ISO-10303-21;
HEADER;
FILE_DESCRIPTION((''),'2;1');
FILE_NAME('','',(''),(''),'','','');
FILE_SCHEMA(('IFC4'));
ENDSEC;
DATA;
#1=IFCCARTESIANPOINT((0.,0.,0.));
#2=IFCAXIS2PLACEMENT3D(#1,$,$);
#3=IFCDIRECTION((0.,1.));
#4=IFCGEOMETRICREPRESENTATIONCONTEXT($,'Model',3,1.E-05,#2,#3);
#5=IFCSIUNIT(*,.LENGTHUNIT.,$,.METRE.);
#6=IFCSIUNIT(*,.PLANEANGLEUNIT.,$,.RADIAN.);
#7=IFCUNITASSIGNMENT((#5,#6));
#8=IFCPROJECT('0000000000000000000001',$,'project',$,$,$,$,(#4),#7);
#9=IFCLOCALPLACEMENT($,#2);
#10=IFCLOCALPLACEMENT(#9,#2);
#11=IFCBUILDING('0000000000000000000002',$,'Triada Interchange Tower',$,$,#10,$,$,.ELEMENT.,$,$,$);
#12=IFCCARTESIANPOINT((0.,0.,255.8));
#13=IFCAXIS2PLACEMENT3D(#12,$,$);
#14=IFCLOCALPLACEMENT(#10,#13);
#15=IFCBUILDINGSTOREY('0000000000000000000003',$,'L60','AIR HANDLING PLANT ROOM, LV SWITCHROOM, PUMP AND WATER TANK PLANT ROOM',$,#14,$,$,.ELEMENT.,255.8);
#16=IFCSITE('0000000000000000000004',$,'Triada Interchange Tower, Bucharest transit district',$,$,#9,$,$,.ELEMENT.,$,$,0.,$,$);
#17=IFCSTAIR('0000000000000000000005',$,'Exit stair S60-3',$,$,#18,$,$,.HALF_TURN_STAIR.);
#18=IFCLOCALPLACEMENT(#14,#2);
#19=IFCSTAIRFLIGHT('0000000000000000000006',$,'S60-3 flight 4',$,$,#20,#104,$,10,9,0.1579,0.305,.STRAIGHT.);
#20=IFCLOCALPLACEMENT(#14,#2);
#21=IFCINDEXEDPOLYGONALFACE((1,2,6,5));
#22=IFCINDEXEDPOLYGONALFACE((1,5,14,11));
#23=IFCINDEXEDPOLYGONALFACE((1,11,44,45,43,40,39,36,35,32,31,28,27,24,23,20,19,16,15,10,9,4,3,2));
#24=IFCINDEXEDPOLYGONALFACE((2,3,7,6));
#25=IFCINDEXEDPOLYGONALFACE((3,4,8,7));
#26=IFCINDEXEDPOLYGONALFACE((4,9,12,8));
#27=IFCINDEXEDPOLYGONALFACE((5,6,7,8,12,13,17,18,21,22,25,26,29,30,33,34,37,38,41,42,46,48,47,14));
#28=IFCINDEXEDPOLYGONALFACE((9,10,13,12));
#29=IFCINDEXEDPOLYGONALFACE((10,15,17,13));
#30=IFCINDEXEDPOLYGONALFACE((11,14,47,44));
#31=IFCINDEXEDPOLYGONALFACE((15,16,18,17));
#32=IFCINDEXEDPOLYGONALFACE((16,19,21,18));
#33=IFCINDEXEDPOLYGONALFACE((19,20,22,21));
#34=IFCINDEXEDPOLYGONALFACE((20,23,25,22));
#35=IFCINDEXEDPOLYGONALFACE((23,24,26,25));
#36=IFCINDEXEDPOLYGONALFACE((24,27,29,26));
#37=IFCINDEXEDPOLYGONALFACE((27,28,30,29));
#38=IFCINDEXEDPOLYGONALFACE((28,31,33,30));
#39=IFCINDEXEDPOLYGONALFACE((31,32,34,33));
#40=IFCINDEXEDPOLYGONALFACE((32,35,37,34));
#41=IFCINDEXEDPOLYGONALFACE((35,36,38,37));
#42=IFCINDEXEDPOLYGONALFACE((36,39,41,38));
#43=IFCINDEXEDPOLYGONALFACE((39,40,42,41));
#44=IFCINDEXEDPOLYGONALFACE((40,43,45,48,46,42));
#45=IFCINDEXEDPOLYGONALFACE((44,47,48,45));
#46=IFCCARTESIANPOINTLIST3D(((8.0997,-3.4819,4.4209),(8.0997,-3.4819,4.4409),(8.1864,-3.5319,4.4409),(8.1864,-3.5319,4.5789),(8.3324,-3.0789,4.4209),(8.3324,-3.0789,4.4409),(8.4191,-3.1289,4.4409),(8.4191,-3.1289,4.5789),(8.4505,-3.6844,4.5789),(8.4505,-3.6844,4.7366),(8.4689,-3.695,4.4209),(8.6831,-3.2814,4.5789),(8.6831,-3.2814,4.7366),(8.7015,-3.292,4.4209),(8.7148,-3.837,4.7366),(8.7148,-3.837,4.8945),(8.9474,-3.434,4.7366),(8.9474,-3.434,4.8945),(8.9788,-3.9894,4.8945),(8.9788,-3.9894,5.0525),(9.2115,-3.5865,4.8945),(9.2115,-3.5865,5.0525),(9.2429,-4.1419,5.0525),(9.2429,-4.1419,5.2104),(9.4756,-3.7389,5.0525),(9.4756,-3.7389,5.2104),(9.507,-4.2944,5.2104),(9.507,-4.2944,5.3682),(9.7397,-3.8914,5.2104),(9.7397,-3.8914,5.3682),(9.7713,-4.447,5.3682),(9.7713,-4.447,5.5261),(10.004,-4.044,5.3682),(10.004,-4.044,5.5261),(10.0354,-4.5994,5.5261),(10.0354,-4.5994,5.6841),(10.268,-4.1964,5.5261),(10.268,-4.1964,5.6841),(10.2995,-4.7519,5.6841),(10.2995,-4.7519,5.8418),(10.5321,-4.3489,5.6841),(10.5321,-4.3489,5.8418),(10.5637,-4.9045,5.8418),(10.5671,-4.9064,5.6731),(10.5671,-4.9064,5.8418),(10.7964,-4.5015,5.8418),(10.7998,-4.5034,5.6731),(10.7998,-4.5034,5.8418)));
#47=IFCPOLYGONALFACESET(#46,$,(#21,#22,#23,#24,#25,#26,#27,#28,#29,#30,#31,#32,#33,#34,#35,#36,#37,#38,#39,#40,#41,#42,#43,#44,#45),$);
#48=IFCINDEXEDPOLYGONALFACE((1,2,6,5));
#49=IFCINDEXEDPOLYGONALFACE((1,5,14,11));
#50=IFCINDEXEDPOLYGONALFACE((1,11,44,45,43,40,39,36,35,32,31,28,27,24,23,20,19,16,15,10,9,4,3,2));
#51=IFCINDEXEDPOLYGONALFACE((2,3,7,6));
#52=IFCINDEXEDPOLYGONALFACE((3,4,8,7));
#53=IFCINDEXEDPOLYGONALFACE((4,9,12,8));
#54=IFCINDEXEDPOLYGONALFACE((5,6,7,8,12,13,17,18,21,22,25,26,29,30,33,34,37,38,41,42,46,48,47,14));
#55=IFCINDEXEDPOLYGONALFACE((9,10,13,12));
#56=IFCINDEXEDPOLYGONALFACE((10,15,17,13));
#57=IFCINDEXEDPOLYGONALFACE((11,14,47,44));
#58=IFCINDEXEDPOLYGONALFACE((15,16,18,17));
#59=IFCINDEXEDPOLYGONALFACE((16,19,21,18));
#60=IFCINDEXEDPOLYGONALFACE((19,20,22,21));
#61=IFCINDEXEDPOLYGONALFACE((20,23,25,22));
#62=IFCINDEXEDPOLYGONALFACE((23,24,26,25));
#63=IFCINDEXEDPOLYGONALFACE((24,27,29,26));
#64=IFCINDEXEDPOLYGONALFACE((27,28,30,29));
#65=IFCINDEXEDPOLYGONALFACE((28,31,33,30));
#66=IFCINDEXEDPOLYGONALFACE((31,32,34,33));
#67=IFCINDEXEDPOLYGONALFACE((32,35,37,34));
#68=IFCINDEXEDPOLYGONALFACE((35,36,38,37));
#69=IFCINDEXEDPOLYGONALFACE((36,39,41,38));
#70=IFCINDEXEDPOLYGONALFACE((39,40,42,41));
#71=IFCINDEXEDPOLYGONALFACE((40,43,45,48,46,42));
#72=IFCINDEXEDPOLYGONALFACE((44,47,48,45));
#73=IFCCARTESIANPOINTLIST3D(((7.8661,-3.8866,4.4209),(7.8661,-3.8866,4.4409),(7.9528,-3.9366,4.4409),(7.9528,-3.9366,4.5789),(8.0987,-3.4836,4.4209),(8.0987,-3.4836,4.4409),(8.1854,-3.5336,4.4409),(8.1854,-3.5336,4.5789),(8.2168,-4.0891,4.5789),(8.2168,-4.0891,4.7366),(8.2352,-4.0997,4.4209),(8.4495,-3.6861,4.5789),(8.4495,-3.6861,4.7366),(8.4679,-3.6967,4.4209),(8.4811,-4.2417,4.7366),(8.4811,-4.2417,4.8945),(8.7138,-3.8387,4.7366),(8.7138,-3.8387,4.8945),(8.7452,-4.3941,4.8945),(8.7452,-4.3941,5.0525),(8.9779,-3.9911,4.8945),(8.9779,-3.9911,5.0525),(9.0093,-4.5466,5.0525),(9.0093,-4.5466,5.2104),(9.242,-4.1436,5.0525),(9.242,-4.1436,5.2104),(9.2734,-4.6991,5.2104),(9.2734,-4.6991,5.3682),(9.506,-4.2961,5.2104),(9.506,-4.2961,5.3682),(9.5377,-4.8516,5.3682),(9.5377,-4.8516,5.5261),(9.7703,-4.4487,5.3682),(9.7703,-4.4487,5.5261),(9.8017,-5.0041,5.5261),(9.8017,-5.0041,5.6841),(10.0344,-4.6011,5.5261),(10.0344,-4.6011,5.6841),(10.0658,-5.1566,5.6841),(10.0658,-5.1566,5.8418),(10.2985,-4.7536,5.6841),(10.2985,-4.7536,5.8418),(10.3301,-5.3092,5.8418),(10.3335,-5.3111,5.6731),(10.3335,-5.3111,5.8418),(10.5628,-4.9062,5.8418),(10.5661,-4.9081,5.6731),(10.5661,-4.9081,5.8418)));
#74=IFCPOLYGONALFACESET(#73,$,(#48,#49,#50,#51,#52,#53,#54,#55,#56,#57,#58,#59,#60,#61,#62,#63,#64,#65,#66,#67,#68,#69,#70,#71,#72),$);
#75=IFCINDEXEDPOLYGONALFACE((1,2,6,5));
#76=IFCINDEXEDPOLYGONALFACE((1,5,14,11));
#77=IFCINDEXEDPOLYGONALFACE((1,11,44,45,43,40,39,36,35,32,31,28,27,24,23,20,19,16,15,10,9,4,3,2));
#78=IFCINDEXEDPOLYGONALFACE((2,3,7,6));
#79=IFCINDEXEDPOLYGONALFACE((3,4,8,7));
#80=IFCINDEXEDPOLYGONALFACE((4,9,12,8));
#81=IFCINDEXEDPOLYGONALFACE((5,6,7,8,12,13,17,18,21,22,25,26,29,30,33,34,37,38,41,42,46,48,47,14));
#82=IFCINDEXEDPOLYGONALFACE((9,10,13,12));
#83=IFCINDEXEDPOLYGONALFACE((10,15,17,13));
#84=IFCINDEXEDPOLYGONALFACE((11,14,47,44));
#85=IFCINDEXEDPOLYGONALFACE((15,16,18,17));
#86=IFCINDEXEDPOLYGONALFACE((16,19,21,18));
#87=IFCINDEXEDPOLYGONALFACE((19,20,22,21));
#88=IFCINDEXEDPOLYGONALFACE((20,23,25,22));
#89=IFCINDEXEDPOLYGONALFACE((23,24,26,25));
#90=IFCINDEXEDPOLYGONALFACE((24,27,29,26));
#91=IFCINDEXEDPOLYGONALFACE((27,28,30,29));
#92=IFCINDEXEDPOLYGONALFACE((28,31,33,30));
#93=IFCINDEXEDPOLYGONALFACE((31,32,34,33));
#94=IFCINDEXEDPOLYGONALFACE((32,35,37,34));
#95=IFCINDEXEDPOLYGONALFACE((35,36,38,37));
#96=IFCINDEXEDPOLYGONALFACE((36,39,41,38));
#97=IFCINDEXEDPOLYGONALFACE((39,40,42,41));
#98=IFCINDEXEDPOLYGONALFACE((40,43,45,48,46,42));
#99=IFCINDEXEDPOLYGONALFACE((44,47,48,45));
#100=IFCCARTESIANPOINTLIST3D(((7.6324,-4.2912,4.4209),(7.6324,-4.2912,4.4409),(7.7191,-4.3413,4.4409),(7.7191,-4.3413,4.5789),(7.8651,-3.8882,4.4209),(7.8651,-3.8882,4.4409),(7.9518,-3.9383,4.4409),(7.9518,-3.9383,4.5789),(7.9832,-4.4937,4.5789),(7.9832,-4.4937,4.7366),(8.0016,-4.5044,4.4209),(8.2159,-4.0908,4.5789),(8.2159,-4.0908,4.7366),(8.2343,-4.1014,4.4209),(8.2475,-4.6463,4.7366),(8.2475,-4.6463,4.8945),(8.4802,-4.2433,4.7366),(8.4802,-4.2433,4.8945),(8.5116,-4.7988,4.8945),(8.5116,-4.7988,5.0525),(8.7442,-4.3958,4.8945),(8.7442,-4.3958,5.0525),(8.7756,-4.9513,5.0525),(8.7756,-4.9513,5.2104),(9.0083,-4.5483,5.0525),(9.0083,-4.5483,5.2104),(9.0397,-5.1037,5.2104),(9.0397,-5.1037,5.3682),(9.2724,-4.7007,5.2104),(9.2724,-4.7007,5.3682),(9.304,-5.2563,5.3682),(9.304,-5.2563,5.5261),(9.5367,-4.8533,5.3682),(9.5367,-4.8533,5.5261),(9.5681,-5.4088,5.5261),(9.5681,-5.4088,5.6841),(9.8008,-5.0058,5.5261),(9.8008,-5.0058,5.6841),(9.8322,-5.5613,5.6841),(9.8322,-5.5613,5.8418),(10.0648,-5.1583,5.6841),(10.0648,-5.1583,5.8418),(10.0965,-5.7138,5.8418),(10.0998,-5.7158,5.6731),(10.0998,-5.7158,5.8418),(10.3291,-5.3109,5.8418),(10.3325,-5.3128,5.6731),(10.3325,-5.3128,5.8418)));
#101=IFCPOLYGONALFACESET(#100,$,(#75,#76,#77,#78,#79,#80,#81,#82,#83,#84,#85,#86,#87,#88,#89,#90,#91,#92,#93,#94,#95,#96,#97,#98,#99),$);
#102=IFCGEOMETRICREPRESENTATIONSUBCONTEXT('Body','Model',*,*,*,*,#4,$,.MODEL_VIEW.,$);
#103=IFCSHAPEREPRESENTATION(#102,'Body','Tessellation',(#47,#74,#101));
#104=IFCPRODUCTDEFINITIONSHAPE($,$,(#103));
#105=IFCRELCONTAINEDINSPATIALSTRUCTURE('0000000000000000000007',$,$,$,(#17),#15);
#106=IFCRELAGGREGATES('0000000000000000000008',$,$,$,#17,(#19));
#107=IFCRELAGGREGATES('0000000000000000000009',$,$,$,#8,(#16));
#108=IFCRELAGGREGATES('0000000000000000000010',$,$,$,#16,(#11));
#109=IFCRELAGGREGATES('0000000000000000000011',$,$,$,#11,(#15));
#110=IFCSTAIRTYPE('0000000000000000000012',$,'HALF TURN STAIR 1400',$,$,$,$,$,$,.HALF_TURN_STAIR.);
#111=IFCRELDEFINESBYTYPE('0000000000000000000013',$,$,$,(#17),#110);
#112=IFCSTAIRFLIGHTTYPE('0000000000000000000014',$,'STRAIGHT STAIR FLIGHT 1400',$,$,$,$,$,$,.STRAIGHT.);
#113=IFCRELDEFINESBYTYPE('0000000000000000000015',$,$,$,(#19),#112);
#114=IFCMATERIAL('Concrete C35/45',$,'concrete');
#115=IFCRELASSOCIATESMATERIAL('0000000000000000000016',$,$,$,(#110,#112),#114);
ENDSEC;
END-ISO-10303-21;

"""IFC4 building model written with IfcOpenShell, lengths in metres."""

from ifc_helpers import new_model, si_unit, direction, frame, origin, place, context, subcontext, project, spatial, polyline, outline, extrude, material, type_object, element, aggregate, save


model = new_model("IFC4")

# Units and contexts
model_context = context("Model", 3, precision=1e-05, world=origin(), true_north=direction((0.0, 1.0)))
body_context = subcontext(model_context, "Body", "Model", "MODEL_VIEW")
ifc_project = project(units=[si_unit("LENGTHUNIT", "METRE"), si_unit("PLANEANGLEUNIT", "RADIAN")], contexts=[model_context])

# Site, building, storey
site_placement = place(None, origin())
site = spatial("IfcSite", under=ifc_project, at=site_placement, Name="Triada Interchange Tower, Bucharest transit district", CompositionType="ELEMENT", RefElevation=0.0)
building_placement = place(site_placement, origin())
building = spatial("IfcBuilding", under=site, at=building_placement, Name="Triada Interchange Tower", CompositionType="ELEMENT")
storey_placement = place(building_placement, frame((0.0, 0.0, 255.8)))
storey = spatial("IfcBuildingStorey", under=building, at=storey_placement, Name="L60", Description="AIR HANDLING PLANT ROOM, LV SWITCHROOM, PUMP AND WATER TANK PLANT ROOM", CompositionType="ELEMENT", Elevation=255.8)

# Stair, stair flight
ifc_material_1 = material(Name="Concrete C35/45", Category="concrete")
stair_type = type_object("IfcStairType", Name="HALF TURN STAIR 1400", PredefinedType="HALF_TURN_STAIR", material=ifc_material_1)
stair_placement = place(storey_placement, origin())
stair = element("IfcStair", 1, at=stair_placement, inside=storey, type_object=stair_type, Name="Exit stair S60-3", PredefinedType="HALF_TURN_STAIR")
stair_flight_type = type_object("IfcStairFlightType", Name="STRAIGHT STAIR FLIGHT 1400", PredefinedType="STRAIGHT", material=ifc_material_1)
stair_flight_1_placement = place(storey_placement, frame((8.0691, -3.7351, 4.4209), z_axis=(0.0, 0.0, 1.0), x_axis=(0.866025, -0.5, 0.0)))
stair_flight_1 = element("IfcStairFlight", 2, at=stair_flight_1_placement, type_object=stair_flight_type, Name="S60-3 flight 4", NumberOfRisers=10, NumberOfTreads=9, PredefinedType="STRAIGHT", RiserHeight=0.1579, TreadLength=0.305, context=body_context, shape_type="SweptSolid", body=[
    extrude(outline(polyline([(-0.1001, 0.0), (-0.1001, 0.02), (0.0, 0.02), (0.0, 0.158), (0.3049, 0.158), (0.3049, 0.3157), (0.6101, 0.3157), (0.6101, 0.4736), (0.915, 0.4736), (0.915, 0.6316), (1.22, 0.6316), (1.22, 0.7896), (1.5249, 0.7896), (1.5249, 0.9473), (1.8301, 0.9473), (1.8301, 1.1052), (2.135, 1.1052), (2.135, 1.2632), (2.4399, 1.2632), (2.4399, 1.4209), (2.7451, 1.4209), (2.749, 1.4209), (2.749, 1.5789), (2.749, 1.2522), (0.3262, 0.0), (-0.1001, 0.0)])), frame((0.0, 0.7, 0.0), z_axis=(0.0, -1.0, 0.0), x_axis=(1.0, 0.0, 0.0)), (0.0, 0.0, 1.0), 0.4653),
    extrude(outline(polyline([(-0.1001, 0.0), (-0.1001, 0.02), (0.0, 0.02), (0.0, 0.158), (0.3049, 0.158), (0.3049, 0.3157), (0.6101, 0.3157), (0.6101, 0.4736), (0.915, 0.4736), (0.915, 0.6316), (1.22, 0.6316), (1.22, 0.7896), (1.5249, 0.7896), (1.5249, 0.9473), (1.8301, 0.9473), (1.8301, 1.1052), (2.135, 1.1052), (2.135, 1.2632), (2.4399, 1.2632), (2.4399, 1.4209), (2.7451, 1.4209), (2.749, 1.4209), (2.749, 1.5789), (2.749, 1.2522), (0.3262, 0.0), (-0.1001, 0.0)])), frame((0.0, 0.2327, 0.0), z_axis=(0.0, -1.0, 0.0), x_axis=(1.0, 0.0, 0.0)), (0.0, 0.0, 1.0), 0.4653),
    extrude(outline(polyline([(-0.1001, 0.0), (-0.1001, 0.02), (0.0, 0.02), (0.0, 0.158), (0.3049, 0.158), (0.3049, 0.3157), (0.6101, 0.3157), (0.6101, 0.4736), (0.915, 0.4736), (0.915, 0.6316), (1.22, 0.6316), (1.22, 0.7896), (1.5249, 0.7896), (1.5249, 0.9473), (1.8301, 0.9473), (1.8301, 1.1052), (2.135, 1.1052), (2.135, 1.2632), (2.4399, 1.2632), (2.4399, 1.4209), (2.7451, 1.4209), (2.749, 1.4209), (2.749, 1.5789), (2.749, 1.2522), (0.3262, 0.0), (-0.1001, 0.0)])), frame((0.0, -0.2346, 0.0), z_axis=(0.0, -1.0, 0.0), x_axis=(1.0, 0.0, 0.0)), (0.0, 0.0, 1.0), 0.4653),
])
aggregate(stair, [stair_flight_1])

save(model, "model.ifc")
